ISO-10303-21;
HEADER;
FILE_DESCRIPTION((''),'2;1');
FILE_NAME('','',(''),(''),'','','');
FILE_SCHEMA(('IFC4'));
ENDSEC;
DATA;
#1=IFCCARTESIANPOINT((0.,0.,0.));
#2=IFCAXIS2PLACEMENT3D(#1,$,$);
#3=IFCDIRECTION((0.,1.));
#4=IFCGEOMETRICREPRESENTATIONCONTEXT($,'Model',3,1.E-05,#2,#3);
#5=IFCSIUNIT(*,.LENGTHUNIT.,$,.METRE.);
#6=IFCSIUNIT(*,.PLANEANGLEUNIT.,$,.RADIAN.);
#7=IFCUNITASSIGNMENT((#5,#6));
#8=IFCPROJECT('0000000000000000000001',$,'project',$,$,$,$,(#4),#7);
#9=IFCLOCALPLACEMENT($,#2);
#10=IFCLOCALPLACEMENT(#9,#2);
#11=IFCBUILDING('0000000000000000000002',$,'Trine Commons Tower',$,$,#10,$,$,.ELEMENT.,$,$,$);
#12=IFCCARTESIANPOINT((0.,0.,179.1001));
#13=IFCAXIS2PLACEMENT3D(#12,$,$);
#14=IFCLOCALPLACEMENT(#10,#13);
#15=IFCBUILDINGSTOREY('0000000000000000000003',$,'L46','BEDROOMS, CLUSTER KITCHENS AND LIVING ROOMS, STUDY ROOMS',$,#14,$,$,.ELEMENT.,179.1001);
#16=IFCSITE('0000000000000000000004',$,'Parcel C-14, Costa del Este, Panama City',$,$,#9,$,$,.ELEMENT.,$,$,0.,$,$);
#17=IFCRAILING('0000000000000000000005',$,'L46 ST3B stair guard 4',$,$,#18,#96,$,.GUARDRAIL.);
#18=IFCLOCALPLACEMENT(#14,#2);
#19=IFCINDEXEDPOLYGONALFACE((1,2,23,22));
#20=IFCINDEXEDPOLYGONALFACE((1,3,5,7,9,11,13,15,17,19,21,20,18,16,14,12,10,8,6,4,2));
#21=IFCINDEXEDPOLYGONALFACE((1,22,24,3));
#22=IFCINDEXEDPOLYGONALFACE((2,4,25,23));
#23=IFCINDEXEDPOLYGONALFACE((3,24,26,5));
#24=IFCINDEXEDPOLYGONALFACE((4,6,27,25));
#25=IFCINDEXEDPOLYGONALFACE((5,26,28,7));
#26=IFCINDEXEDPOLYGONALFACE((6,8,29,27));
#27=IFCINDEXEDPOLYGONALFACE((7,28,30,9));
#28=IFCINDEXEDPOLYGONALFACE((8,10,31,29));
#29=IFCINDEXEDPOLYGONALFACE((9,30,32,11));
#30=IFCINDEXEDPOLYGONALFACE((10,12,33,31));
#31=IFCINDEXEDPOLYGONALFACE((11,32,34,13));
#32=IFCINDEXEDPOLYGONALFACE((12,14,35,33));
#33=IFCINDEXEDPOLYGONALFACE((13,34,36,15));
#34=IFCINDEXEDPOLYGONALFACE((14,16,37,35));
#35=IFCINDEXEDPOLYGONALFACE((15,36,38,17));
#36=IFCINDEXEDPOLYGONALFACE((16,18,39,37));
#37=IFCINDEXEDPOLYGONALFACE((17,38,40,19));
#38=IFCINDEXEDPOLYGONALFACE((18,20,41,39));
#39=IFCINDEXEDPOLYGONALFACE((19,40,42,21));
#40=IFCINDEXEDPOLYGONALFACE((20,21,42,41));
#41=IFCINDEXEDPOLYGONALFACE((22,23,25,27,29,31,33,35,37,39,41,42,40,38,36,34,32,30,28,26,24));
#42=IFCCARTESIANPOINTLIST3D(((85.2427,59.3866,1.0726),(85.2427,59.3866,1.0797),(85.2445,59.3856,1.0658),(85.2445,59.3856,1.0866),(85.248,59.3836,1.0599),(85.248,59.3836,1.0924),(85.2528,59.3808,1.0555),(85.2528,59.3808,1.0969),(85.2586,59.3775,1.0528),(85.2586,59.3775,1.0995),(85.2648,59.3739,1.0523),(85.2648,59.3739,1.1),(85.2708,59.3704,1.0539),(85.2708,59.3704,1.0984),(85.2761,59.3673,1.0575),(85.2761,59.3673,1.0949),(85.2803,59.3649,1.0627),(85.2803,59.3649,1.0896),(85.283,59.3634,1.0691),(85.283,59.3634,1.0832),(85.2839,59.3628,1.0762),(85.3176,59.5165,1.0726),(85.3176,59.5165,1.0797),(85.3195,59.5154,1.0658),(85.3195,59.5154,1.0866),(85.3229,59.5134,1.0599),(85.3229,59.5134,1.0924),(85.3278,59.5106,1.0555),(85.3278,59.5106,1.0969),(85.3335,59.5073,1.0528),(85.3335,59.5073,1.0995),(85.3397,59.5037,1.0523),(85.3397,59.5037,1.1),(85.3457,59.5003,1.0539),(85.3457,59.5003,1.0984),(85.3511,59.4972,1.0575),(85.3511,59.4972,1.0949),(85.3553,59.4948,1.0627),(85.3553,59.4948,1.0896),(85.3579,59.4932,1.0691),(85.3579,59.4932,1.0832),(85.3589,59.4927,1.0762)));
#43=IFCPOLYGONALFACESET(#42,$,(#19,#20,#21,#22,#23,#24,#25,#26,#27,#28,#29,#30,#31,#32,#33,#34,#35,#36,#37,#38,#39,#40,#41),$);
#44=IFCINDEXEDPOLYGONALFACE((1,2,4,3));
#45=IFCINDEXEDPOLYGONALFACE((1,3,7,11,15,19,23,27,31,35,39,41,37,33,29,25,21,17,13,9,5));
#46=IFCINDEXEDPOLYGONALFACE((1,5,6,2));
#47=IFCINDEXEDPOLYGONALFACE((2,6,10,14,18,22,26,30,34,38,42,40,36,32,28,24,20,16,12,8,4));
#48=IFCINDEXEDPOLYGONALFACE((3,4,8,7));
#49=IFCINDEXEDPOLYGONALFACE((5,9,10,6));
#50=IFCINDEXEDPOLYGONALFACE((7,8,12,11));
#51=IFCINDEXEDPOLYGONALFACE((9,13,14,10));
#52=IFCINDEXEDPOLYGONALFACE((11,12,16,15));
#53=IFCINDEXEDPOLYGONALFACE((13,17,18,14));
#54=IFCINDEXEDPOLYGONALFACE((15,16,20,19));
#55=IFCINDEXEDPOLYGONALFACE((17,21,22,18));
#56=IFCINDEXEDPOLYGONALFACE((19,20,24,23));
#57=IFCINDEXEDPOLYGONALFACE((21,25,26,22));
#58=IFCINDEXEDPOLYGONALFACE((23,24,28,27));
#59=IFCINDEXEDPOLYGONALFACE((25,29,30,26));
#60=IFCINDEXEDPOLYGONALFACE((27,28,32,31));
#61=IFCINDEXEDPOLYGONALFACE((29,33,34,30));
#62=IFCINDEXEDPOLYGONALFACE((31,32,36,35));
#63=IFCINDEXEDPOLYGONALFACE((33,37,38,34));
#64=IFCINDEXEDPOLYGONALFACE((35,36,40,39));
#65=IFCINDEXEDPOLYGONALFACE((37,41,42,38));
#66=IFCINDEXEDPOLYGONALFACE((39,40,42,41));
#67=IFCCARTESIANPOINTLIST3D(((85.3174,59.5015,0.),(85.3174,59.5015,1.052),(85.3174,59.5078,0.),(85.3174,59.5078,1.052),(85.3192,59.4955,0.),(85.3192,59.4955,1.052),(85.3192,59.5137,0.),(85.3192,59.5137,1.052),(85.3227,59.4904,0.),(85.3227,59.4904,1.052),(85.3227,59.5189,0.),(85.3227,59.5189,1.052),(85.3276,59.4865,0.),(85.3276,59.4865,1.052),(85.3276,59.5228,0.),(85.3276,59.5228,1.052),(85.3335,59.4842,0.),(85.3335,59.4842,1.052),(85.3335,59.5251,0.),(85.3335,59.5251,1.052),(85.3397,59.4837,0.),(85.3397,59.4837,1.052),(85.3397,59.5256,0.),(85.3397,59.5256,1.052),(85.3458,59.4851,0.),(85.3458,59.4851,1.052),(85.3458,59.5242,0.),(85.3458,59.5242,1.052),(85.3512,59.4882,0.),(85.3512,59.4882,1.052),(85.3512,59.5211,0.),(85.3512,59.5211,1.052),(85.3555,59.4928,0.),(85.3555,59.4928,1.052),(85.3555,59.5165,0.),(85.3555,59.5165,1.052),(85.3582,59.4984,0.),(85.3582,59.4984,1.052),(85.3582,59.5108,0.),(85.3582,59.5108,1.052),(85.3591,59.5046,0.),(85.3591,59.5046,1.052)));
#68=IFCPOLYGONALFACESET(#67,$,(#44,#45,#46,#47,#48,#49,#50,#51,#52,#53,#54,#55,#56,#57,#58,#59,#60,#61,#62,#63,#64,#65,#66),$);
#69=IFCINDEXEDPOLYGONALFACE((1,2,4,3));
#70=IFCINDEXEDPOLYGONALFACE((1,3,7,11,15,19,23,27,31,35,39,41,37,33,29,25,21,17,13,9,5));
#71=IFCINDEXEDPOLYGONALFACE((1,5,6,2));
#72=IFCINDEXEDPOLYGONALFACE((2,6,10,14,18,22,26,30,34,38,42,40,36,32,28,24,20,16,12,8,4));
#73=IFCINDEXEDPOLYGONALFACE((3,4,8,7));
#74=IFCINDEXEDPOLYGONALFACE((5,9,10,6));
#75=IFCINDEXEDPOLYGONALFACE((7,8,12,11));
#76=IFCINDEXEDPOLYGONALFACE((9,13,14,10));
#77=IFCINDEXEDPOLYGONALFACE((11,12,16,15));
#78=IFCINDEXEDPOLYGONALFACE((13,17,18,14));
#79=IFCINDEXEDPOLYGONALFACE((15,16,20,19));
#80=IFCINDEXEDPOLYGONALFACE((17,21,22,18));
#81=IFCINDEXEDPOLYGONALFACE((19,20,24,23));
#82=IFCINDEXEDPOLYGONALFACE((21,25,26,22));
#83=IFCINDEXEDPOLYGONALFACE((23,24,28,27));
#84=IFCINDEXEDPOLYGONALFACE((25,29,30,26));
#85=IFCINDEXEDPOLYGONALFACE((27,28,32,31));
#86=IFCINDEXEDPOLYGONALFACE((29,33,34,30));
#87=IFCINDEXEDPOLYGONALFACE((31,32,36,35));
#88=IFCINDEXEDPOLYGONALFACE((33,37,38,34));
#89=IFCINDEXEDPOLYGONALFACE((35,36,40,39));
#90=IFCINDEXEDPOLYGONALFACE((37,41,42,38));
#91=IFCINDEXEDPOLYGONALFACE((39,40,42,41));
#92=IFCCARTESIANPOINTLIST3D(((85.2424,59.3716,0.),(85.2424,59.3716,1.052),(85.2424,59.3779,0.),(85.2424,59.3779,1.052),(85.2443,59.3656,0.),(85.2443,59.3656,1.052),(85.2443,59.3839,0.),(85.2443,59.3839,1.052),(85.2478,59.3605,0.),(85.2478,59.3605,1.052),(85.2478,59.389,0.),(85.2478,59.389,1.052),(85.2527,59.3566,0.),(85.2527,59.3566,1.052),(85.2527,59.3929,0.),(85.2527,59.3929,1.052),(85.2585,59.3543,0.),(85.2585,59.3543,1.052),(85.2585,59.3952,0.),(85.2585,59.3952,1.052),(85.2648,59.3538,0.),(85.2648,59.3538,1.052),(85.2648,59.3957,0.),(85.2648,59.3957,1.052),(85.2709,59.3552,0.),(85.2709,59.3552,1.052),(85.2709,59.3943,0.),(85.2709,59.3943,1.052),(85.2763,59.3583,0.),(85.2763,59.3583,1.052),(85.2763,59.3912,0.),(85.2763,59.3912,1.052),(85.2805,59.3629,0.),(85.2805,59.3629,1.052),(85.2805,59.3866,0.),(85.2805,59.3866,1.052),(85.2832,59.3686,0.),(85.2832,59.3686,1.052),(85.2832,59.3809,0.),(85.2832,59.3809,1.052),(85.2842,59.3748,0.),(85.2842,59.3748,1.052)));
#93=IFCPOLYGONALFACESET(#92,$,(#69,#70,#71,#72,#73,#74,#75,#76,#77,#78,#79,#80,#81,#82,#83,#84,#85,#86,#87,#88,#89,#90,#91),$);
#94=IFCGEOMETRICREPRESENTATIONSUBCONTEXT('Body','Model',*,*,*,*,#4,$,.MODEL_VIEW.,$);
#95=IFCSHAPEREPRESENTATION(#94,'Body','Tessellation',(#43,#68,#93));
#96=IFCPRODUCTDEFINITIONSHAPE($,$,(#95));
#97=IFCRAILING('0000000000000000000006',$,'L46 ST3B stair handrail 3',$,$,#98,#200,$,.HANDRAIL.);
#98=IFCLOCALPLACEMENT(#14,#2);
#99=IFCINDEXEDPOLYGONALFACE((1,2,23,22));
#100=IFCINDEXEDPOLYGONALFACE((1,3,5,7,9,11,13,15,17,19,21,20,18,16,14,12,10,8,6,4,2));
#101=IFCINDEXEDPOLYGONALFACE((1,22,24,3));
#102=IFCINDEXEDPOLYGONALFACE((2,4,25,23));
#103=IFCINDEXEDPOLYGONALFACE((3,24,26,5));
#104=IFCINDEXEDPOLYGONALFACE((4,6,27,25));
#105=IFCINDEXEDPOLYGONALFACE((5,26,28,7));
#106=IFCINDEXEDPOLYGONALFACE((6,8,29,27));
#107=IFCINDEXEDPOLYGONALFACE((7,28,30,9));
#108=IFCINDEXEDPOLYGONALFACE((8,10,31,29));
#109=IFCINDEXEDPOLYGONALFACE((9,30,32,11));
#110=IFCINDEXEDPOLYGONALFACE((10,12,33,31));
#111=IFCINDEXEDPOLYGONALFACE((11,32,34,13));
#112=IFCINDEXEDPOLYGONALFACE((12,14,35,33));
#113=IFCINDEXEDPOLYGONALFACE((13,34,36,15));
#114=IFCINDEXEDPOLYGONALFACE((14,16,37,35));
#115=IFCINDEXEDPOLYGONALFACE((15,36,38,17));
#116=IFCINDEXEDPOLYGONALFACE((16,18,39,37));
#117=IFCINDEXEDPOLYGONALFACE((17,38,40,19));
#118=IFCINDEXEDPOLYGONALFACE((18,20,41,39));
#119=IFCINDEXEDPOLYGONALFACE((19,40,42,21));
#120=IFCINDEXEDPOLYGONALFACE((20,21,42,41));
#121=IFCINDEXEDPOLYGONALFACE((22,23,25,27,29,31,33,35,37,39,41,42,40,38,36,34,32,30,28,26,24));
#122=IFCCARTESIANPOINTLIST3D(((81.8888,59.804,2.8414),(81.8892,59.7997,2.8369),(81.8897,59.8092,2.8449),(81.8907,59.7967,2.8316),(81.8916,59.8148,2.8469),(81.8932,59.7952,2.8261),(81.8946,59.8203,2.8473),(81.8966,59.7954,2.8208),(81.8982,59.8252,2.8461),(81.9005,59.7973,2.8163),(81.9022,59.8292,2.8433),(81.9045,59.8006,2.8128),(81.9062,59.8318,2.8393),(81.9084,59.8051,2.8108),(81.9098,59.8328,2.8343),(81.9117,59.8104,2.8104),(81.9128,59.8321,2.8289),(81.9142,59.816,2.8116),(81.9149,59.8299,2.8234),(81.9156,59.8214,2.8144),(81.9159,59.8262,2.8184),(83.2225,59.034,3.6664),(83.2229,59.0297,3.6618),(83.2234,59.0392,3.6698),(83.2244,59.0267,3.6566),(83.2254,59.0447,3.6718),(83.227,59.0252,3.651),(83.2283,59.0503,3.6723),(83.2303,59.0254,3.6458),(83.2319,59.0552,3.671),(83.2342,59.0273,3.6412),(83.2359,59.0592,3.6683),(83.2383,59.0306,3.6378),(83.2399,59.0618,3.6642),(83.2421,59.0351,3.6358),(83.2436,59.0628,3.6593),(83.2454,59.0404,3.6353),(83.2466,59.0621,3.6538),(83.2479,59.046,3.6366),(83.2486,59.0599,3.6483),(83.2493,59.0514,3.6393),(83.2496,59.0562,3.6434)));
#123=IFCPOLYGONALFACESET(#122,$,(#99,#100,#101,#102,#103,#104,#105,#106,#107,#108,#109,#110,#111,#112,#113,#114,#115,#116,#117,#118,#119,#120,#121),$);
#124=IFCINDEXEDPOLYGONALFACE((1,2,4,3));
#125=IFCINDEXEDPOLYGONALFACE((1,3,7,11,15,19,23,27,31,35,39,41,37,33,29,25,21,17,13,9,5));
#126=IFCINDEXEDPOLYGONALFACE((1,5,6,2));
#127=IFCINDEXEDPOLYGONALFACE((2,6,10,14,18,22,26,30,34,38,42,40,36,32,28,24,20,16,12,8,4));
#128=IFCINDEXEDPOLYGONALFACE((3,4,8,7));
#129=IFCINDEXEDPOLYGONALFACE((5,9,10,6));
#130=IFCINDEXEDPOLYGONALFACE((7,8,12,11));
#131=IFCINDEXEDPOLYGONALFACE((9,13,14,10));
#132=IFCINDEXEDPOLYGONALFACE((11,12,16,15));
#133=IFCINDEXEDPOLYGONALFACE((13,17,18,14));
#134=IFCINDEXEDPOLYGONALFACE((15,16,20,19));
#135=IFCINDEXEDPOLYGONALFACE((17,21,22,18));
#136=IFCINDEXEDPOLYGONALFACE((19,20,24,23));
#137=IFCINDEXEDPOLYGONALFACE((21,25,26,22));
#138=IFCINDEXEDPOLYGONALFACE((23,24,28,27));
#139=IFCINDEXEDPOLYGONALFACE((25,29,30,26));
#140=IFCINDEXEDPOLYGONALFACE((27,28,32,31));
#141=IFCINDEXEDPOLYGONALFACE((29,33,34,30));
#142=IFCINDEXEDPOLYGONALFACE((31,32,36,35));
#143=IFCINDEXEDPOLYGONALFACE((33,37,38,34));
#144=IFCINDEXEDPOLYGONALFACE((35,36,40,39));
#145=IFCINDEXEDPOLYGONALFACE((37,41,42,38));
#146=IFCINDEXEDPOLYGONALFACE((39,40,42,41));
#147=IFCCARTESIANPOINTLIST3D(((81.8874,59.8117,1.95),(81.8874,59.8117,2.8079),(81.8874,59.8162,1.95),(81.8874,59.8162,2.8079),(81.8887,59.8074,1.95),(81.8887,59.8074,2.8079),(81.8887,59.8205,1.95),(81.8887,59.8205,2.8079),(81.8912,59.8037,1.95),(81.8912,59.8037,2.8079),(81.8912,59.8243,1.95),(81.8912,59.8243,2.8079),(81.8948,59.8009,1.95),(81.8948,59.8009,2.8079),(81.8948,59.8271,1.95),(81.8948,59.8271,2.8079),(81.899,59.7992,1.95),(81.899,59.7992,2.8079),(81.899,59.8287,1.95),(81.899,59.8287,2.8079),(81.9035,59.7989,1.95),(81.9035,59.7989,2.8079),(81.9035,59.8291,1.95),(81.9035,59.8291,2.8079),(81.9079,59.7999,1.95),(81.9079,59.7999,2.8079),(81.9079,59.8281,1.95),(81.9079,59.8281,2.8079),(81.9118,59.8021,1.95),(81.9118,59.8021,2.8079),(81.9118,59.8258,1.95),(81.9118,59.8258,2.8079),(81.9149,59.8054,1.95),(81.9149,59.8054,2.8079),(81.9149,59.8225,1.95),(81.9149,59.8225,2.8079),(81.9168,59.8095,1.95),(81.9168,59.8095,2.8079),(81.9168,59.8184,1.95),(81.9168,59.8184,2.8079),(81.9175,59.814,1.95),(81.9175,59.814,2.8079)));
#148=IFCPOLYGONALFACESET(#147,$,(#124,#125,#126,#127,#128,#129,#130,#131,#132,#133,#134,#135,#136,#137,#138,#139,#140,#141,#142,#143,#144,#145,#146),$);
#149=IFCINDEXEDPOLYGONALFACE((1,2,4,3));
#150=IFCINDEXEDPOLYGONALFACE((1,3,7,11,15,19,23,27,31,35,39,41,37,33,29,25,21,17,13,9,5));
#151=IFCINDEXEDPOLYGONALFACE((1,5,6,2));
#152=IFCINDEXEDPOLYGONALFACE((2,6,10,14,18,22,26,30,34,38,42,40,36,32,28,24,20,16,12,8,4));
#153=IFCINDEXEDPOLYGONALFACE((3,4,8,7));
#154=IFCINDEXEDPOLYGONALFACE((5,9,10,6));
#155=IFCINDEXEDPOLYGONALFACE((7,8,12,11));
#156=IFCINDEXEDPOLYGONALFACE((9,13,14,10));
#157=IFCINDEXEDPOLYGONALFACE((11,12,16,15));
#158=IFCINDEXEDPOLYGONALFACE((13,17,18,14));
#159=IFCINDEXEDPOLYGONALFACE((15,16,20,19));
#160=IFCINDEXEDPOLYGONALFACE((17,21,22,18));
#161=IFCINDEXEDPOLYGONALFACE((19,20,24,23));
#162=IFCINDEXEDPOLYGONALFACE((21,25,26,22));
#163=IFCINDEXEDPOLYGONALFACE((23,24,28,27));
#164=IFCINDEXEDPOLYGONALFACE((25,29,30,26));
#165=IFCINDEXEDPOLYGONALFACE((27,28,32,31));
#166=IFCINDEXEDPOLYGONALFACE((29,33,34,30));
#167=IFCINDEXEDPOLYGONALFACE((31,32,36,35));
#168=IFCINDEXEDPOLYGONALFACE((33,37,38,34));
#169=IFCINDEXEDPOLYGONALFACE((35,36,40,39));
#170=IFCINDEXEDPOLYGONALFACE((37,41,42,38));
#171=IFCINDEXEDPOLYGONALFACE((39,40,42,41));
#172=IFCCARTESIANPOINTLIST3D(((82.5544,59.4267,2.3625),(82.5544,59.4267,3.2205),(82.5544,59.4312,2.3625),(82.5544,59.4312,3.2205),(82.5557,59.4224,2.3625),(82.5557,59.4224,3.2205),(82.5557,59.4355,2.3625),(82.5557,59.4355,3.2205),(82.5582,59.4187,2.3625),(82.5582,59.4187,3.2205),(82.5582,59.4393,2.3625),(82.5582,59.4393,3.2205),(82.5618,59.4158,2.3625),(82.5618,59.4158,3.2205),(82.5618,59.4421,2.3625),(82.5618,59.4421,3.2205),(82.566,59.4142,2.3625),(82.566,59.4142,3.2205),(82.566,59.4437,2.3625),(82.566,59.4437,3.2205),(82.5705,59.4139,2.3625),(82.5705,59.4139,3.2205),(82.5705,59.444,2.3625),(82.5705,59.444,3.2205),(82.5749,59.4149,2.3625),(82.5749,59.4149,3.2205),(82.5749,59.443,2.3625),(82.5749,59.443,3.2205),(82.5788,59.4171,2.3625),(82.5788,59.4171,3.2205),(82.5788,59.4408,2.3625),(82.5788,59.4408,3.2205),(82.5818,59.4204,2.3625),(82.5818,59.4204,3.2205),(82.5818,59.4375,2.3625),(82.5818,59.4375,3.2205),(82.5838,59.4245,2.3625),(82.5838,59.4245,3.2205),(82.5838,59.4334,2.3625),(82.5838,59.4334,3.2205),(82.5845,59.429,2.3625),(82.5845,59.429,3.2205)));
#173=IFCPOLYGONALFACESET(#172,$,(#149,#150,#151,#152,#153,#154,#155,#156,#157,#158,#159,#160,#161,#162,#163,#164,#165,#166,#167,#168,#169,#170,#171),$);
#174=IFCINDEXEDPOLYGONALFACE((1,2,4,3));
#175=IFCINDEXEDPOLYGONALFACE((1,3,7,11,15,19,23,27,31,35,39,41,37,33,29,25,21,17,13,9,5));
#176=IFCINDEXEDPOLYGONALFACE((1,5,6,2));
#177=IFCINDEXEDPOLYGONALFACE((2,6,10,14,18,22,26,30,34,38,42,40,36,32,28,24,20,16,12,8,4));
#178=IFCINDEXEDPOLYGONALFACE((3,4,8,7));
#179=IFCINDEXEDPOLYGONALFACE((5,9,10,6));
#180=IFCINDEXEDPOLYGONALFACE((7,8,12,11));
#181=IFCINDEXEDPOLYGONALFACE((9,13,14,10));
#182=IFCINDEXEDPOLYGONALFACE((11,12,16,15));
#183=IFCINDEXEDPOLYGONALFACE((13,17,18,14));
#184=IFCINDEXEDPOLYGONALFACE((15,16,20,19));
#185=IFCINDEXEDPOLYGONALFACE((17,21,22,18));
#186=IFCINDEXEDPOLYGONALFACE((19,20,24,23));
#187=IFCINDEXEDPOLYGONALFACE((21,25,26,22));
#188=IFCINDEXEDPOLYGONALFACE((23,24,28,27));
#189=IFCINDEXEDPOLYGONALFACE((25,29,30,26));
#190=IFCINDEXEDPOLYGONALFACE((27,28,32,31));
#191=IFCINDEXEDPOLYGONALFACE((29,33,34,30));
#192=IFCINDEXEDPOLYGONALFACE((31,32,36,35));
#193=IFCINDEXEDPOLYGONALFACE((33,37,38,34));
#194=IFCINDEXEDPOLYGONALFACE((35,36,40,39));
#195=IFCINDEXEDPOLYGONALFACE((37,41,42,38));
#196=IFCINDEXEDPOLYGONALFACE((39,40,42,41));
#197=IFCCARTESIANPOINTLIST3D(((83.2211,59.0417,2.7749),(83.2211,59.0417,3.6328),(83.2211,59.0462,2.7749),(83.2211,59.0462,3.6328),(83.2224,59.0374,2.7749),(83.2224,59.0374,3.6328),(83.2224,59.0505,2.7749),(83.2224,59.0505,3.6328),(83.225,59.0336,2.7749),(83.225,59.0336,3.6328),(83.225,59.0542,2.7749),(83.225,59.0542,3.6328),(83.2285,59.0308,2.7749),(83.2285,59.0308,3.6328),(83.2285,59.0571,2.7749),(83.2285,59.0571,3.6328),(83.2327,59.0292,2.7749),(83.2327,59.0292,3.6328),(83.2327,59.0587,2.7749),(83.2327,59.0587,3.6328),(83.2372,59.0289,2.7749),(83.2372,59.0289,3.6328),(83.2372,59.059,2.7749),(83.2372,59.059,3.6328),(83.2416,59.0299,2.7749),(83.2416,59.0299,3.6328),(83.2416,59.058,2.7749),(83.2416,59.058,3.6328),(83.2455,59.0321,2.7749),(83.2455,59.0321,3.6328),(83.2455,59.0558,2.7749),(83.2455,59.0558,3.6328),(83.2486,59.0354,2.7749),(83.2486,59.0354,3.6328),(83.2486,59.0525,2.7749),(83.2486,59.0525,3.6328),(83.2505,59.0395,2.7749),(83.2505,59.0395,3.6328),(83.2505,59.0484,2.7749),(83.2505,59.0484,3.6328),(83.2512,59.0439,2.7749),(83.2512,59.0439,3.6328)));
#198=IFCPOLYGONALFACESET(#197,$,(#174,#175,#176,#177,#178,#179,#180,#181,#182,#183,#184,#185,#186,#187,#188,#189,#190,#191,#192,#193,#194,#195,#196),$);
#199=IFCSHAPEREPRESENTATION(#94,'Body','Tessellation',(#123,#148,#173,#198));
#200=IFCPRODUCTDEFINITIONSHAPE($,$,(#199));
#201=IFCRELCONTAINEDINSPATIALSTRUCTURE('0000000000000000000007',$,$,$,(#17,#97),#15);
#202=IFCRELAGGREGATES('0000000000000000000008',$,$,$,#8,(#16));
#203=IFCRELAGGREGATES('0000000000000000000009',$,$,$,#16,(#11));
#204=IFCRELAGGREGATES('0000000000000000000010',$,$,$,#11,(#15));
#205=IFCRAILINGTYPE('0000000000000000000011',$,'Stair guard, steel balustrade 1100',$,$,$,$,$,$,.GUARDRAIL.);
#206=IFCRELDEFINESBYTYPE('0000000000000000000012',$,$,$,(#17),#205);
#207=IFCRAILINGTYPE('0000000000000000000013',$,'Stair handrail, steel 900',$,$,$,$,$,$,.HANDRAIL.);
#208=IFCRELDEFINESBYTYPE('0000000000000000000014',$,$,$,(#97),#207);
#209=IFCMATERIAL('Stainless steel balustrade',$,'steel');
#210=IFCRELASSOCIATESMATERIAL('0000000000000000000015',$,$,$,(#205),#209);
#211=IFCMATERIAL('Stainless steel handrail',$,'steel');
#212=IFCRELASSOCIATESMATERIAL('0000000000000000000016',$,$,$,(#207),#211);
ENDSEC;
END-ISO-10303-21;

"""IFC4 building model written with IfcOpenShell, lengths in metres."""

from ifc_helpers import new_model, si_unit, direction, frame, origin, origin_2d, place, context, subcontext, project, spatial, circle, extrude, material, type_object, element, save


model = new_model("IFC4")

# Units and contexts
model_context = context("Model", 3, precision=1e-05, world=origin(), true_north=direction((0.0, 1.0)))
body_context = subcontext(model_context, "Body", "Model", "MODEL_VIEW")
ifc_project = project(units=[si_unit("LENGTHUNIT", "METRE"), si_unit("PLANEANGLEUNIT", "RADIAN")], contexts=[model_context])

# Site, building, storey
site_placement = place(None, origin())
site = spatial("IfcSite", under=ifc_project, at=site_placement, Name="Parcel C-14, Costa del Este, Panama City", CompositionType="ELEMENT", RefElevation=0.0)
building_placement = place(site_placement, origin())
building = spatial("IfcBuilding", under=site, at=building_placement, Name="Trine Commons Tower", CompositionType="ELEMENT")
storey_placement = place(building_placement, frame((0.0, 0.0, 179.1001)))
storey = spatial("IfcBuildingStorey", under=building, at=storey_placement, Name="L46", Description="BEDROOMS, CLUSTER KITCHENS AND LIVING ROOMS, STUDY ROOMS", CompositionType="ELEMENT", Elevation=179.1001)

# Railings
ifc_material_1 = material(Name="Stainless steel balustrade", Category="steel")
railing_type_1 = type_object("IfcRailingType", Name="Stair guard, steel balustrade 1100", PredefinedType="GUARDRAIL", material=ifc_material_1)
railing_1_placement = place(storey_placement, frame((85.3381, 59.5046, 0.0)))
element("IfcRailing", 1, at=railing_1_placement, inside=storey, type_object=railing_type_1, Name="L46 ST3B stair guard 4", PredefinedType="GUARDRAIL", context=body_context, shape_type="SweptSolid", body=[
    extrude(circle(Radius=0.0239, at=origin_2d()), frame((0.0, 0.0, 1.0762), z_axis=(-0.499816, -0.866131, 0.0), x_axis=(0.866131, -0.499816, 0.0)), (0.0, 0.0, 1.0), 0.1499),
    extrude(circle(Radius=0.021, at=origin_2d()), origin(), (0.0, 0.0, 1.0), 1.052),
    extrude(circle(Radius=0.021, at=origin_2d()), frame((-0.075, -0.1299, 0.0)), (0.0, 0.0, 1.0), 1.052),
])
ifc_material_2 = material(Name="Stainless steel handrail", Category="steel")
railing_type_2 = type_object("IfcRailingType", Name="Stair handrail, steel 900", PredefinedType="HANDRAIL", material=ifc_material_2)
for number, where, name in (
    (2, (81.9023, 59.814, 1.95), "L46 ST3B stair handrail 3"),
):
    element("IfcRailing", number, at=place(storey_placement, frame(where)), inside=storey, type_object=railing_type_2, Name=name, PredefinedType="HANDRAIL", context=body_context, shape_type="SweptSolid", body=[
        extrude(circle(Radius=0.021, at=origin_2d()), frame((0.0, 0.0, 0.8789), z_axis=(0.763405, -0.440743, 0.472185), x_axis=(0.499992, 0.86603, 0.0)), (0.0, 0.0, 1.0), 1.7471),
        extrude(circle(Radius=0.0151, at=origin_2d()), origin(), (0.0, 0.0, 1.0), 0.8579),
        extrude(circle(Radius=0.0151, at=origin_2d()), frame((0.667, -0.385, 0.4126)), (0.0, 0.0, 1.0), 0.8579),
        extrude(circle(Radius=0.0151, at=origin_2d()), frame((1.3337, -0.77, 0.825)), (0.0, 0.0, 1.0), 0.8579),
    ])

save(model, "model.ifc")
